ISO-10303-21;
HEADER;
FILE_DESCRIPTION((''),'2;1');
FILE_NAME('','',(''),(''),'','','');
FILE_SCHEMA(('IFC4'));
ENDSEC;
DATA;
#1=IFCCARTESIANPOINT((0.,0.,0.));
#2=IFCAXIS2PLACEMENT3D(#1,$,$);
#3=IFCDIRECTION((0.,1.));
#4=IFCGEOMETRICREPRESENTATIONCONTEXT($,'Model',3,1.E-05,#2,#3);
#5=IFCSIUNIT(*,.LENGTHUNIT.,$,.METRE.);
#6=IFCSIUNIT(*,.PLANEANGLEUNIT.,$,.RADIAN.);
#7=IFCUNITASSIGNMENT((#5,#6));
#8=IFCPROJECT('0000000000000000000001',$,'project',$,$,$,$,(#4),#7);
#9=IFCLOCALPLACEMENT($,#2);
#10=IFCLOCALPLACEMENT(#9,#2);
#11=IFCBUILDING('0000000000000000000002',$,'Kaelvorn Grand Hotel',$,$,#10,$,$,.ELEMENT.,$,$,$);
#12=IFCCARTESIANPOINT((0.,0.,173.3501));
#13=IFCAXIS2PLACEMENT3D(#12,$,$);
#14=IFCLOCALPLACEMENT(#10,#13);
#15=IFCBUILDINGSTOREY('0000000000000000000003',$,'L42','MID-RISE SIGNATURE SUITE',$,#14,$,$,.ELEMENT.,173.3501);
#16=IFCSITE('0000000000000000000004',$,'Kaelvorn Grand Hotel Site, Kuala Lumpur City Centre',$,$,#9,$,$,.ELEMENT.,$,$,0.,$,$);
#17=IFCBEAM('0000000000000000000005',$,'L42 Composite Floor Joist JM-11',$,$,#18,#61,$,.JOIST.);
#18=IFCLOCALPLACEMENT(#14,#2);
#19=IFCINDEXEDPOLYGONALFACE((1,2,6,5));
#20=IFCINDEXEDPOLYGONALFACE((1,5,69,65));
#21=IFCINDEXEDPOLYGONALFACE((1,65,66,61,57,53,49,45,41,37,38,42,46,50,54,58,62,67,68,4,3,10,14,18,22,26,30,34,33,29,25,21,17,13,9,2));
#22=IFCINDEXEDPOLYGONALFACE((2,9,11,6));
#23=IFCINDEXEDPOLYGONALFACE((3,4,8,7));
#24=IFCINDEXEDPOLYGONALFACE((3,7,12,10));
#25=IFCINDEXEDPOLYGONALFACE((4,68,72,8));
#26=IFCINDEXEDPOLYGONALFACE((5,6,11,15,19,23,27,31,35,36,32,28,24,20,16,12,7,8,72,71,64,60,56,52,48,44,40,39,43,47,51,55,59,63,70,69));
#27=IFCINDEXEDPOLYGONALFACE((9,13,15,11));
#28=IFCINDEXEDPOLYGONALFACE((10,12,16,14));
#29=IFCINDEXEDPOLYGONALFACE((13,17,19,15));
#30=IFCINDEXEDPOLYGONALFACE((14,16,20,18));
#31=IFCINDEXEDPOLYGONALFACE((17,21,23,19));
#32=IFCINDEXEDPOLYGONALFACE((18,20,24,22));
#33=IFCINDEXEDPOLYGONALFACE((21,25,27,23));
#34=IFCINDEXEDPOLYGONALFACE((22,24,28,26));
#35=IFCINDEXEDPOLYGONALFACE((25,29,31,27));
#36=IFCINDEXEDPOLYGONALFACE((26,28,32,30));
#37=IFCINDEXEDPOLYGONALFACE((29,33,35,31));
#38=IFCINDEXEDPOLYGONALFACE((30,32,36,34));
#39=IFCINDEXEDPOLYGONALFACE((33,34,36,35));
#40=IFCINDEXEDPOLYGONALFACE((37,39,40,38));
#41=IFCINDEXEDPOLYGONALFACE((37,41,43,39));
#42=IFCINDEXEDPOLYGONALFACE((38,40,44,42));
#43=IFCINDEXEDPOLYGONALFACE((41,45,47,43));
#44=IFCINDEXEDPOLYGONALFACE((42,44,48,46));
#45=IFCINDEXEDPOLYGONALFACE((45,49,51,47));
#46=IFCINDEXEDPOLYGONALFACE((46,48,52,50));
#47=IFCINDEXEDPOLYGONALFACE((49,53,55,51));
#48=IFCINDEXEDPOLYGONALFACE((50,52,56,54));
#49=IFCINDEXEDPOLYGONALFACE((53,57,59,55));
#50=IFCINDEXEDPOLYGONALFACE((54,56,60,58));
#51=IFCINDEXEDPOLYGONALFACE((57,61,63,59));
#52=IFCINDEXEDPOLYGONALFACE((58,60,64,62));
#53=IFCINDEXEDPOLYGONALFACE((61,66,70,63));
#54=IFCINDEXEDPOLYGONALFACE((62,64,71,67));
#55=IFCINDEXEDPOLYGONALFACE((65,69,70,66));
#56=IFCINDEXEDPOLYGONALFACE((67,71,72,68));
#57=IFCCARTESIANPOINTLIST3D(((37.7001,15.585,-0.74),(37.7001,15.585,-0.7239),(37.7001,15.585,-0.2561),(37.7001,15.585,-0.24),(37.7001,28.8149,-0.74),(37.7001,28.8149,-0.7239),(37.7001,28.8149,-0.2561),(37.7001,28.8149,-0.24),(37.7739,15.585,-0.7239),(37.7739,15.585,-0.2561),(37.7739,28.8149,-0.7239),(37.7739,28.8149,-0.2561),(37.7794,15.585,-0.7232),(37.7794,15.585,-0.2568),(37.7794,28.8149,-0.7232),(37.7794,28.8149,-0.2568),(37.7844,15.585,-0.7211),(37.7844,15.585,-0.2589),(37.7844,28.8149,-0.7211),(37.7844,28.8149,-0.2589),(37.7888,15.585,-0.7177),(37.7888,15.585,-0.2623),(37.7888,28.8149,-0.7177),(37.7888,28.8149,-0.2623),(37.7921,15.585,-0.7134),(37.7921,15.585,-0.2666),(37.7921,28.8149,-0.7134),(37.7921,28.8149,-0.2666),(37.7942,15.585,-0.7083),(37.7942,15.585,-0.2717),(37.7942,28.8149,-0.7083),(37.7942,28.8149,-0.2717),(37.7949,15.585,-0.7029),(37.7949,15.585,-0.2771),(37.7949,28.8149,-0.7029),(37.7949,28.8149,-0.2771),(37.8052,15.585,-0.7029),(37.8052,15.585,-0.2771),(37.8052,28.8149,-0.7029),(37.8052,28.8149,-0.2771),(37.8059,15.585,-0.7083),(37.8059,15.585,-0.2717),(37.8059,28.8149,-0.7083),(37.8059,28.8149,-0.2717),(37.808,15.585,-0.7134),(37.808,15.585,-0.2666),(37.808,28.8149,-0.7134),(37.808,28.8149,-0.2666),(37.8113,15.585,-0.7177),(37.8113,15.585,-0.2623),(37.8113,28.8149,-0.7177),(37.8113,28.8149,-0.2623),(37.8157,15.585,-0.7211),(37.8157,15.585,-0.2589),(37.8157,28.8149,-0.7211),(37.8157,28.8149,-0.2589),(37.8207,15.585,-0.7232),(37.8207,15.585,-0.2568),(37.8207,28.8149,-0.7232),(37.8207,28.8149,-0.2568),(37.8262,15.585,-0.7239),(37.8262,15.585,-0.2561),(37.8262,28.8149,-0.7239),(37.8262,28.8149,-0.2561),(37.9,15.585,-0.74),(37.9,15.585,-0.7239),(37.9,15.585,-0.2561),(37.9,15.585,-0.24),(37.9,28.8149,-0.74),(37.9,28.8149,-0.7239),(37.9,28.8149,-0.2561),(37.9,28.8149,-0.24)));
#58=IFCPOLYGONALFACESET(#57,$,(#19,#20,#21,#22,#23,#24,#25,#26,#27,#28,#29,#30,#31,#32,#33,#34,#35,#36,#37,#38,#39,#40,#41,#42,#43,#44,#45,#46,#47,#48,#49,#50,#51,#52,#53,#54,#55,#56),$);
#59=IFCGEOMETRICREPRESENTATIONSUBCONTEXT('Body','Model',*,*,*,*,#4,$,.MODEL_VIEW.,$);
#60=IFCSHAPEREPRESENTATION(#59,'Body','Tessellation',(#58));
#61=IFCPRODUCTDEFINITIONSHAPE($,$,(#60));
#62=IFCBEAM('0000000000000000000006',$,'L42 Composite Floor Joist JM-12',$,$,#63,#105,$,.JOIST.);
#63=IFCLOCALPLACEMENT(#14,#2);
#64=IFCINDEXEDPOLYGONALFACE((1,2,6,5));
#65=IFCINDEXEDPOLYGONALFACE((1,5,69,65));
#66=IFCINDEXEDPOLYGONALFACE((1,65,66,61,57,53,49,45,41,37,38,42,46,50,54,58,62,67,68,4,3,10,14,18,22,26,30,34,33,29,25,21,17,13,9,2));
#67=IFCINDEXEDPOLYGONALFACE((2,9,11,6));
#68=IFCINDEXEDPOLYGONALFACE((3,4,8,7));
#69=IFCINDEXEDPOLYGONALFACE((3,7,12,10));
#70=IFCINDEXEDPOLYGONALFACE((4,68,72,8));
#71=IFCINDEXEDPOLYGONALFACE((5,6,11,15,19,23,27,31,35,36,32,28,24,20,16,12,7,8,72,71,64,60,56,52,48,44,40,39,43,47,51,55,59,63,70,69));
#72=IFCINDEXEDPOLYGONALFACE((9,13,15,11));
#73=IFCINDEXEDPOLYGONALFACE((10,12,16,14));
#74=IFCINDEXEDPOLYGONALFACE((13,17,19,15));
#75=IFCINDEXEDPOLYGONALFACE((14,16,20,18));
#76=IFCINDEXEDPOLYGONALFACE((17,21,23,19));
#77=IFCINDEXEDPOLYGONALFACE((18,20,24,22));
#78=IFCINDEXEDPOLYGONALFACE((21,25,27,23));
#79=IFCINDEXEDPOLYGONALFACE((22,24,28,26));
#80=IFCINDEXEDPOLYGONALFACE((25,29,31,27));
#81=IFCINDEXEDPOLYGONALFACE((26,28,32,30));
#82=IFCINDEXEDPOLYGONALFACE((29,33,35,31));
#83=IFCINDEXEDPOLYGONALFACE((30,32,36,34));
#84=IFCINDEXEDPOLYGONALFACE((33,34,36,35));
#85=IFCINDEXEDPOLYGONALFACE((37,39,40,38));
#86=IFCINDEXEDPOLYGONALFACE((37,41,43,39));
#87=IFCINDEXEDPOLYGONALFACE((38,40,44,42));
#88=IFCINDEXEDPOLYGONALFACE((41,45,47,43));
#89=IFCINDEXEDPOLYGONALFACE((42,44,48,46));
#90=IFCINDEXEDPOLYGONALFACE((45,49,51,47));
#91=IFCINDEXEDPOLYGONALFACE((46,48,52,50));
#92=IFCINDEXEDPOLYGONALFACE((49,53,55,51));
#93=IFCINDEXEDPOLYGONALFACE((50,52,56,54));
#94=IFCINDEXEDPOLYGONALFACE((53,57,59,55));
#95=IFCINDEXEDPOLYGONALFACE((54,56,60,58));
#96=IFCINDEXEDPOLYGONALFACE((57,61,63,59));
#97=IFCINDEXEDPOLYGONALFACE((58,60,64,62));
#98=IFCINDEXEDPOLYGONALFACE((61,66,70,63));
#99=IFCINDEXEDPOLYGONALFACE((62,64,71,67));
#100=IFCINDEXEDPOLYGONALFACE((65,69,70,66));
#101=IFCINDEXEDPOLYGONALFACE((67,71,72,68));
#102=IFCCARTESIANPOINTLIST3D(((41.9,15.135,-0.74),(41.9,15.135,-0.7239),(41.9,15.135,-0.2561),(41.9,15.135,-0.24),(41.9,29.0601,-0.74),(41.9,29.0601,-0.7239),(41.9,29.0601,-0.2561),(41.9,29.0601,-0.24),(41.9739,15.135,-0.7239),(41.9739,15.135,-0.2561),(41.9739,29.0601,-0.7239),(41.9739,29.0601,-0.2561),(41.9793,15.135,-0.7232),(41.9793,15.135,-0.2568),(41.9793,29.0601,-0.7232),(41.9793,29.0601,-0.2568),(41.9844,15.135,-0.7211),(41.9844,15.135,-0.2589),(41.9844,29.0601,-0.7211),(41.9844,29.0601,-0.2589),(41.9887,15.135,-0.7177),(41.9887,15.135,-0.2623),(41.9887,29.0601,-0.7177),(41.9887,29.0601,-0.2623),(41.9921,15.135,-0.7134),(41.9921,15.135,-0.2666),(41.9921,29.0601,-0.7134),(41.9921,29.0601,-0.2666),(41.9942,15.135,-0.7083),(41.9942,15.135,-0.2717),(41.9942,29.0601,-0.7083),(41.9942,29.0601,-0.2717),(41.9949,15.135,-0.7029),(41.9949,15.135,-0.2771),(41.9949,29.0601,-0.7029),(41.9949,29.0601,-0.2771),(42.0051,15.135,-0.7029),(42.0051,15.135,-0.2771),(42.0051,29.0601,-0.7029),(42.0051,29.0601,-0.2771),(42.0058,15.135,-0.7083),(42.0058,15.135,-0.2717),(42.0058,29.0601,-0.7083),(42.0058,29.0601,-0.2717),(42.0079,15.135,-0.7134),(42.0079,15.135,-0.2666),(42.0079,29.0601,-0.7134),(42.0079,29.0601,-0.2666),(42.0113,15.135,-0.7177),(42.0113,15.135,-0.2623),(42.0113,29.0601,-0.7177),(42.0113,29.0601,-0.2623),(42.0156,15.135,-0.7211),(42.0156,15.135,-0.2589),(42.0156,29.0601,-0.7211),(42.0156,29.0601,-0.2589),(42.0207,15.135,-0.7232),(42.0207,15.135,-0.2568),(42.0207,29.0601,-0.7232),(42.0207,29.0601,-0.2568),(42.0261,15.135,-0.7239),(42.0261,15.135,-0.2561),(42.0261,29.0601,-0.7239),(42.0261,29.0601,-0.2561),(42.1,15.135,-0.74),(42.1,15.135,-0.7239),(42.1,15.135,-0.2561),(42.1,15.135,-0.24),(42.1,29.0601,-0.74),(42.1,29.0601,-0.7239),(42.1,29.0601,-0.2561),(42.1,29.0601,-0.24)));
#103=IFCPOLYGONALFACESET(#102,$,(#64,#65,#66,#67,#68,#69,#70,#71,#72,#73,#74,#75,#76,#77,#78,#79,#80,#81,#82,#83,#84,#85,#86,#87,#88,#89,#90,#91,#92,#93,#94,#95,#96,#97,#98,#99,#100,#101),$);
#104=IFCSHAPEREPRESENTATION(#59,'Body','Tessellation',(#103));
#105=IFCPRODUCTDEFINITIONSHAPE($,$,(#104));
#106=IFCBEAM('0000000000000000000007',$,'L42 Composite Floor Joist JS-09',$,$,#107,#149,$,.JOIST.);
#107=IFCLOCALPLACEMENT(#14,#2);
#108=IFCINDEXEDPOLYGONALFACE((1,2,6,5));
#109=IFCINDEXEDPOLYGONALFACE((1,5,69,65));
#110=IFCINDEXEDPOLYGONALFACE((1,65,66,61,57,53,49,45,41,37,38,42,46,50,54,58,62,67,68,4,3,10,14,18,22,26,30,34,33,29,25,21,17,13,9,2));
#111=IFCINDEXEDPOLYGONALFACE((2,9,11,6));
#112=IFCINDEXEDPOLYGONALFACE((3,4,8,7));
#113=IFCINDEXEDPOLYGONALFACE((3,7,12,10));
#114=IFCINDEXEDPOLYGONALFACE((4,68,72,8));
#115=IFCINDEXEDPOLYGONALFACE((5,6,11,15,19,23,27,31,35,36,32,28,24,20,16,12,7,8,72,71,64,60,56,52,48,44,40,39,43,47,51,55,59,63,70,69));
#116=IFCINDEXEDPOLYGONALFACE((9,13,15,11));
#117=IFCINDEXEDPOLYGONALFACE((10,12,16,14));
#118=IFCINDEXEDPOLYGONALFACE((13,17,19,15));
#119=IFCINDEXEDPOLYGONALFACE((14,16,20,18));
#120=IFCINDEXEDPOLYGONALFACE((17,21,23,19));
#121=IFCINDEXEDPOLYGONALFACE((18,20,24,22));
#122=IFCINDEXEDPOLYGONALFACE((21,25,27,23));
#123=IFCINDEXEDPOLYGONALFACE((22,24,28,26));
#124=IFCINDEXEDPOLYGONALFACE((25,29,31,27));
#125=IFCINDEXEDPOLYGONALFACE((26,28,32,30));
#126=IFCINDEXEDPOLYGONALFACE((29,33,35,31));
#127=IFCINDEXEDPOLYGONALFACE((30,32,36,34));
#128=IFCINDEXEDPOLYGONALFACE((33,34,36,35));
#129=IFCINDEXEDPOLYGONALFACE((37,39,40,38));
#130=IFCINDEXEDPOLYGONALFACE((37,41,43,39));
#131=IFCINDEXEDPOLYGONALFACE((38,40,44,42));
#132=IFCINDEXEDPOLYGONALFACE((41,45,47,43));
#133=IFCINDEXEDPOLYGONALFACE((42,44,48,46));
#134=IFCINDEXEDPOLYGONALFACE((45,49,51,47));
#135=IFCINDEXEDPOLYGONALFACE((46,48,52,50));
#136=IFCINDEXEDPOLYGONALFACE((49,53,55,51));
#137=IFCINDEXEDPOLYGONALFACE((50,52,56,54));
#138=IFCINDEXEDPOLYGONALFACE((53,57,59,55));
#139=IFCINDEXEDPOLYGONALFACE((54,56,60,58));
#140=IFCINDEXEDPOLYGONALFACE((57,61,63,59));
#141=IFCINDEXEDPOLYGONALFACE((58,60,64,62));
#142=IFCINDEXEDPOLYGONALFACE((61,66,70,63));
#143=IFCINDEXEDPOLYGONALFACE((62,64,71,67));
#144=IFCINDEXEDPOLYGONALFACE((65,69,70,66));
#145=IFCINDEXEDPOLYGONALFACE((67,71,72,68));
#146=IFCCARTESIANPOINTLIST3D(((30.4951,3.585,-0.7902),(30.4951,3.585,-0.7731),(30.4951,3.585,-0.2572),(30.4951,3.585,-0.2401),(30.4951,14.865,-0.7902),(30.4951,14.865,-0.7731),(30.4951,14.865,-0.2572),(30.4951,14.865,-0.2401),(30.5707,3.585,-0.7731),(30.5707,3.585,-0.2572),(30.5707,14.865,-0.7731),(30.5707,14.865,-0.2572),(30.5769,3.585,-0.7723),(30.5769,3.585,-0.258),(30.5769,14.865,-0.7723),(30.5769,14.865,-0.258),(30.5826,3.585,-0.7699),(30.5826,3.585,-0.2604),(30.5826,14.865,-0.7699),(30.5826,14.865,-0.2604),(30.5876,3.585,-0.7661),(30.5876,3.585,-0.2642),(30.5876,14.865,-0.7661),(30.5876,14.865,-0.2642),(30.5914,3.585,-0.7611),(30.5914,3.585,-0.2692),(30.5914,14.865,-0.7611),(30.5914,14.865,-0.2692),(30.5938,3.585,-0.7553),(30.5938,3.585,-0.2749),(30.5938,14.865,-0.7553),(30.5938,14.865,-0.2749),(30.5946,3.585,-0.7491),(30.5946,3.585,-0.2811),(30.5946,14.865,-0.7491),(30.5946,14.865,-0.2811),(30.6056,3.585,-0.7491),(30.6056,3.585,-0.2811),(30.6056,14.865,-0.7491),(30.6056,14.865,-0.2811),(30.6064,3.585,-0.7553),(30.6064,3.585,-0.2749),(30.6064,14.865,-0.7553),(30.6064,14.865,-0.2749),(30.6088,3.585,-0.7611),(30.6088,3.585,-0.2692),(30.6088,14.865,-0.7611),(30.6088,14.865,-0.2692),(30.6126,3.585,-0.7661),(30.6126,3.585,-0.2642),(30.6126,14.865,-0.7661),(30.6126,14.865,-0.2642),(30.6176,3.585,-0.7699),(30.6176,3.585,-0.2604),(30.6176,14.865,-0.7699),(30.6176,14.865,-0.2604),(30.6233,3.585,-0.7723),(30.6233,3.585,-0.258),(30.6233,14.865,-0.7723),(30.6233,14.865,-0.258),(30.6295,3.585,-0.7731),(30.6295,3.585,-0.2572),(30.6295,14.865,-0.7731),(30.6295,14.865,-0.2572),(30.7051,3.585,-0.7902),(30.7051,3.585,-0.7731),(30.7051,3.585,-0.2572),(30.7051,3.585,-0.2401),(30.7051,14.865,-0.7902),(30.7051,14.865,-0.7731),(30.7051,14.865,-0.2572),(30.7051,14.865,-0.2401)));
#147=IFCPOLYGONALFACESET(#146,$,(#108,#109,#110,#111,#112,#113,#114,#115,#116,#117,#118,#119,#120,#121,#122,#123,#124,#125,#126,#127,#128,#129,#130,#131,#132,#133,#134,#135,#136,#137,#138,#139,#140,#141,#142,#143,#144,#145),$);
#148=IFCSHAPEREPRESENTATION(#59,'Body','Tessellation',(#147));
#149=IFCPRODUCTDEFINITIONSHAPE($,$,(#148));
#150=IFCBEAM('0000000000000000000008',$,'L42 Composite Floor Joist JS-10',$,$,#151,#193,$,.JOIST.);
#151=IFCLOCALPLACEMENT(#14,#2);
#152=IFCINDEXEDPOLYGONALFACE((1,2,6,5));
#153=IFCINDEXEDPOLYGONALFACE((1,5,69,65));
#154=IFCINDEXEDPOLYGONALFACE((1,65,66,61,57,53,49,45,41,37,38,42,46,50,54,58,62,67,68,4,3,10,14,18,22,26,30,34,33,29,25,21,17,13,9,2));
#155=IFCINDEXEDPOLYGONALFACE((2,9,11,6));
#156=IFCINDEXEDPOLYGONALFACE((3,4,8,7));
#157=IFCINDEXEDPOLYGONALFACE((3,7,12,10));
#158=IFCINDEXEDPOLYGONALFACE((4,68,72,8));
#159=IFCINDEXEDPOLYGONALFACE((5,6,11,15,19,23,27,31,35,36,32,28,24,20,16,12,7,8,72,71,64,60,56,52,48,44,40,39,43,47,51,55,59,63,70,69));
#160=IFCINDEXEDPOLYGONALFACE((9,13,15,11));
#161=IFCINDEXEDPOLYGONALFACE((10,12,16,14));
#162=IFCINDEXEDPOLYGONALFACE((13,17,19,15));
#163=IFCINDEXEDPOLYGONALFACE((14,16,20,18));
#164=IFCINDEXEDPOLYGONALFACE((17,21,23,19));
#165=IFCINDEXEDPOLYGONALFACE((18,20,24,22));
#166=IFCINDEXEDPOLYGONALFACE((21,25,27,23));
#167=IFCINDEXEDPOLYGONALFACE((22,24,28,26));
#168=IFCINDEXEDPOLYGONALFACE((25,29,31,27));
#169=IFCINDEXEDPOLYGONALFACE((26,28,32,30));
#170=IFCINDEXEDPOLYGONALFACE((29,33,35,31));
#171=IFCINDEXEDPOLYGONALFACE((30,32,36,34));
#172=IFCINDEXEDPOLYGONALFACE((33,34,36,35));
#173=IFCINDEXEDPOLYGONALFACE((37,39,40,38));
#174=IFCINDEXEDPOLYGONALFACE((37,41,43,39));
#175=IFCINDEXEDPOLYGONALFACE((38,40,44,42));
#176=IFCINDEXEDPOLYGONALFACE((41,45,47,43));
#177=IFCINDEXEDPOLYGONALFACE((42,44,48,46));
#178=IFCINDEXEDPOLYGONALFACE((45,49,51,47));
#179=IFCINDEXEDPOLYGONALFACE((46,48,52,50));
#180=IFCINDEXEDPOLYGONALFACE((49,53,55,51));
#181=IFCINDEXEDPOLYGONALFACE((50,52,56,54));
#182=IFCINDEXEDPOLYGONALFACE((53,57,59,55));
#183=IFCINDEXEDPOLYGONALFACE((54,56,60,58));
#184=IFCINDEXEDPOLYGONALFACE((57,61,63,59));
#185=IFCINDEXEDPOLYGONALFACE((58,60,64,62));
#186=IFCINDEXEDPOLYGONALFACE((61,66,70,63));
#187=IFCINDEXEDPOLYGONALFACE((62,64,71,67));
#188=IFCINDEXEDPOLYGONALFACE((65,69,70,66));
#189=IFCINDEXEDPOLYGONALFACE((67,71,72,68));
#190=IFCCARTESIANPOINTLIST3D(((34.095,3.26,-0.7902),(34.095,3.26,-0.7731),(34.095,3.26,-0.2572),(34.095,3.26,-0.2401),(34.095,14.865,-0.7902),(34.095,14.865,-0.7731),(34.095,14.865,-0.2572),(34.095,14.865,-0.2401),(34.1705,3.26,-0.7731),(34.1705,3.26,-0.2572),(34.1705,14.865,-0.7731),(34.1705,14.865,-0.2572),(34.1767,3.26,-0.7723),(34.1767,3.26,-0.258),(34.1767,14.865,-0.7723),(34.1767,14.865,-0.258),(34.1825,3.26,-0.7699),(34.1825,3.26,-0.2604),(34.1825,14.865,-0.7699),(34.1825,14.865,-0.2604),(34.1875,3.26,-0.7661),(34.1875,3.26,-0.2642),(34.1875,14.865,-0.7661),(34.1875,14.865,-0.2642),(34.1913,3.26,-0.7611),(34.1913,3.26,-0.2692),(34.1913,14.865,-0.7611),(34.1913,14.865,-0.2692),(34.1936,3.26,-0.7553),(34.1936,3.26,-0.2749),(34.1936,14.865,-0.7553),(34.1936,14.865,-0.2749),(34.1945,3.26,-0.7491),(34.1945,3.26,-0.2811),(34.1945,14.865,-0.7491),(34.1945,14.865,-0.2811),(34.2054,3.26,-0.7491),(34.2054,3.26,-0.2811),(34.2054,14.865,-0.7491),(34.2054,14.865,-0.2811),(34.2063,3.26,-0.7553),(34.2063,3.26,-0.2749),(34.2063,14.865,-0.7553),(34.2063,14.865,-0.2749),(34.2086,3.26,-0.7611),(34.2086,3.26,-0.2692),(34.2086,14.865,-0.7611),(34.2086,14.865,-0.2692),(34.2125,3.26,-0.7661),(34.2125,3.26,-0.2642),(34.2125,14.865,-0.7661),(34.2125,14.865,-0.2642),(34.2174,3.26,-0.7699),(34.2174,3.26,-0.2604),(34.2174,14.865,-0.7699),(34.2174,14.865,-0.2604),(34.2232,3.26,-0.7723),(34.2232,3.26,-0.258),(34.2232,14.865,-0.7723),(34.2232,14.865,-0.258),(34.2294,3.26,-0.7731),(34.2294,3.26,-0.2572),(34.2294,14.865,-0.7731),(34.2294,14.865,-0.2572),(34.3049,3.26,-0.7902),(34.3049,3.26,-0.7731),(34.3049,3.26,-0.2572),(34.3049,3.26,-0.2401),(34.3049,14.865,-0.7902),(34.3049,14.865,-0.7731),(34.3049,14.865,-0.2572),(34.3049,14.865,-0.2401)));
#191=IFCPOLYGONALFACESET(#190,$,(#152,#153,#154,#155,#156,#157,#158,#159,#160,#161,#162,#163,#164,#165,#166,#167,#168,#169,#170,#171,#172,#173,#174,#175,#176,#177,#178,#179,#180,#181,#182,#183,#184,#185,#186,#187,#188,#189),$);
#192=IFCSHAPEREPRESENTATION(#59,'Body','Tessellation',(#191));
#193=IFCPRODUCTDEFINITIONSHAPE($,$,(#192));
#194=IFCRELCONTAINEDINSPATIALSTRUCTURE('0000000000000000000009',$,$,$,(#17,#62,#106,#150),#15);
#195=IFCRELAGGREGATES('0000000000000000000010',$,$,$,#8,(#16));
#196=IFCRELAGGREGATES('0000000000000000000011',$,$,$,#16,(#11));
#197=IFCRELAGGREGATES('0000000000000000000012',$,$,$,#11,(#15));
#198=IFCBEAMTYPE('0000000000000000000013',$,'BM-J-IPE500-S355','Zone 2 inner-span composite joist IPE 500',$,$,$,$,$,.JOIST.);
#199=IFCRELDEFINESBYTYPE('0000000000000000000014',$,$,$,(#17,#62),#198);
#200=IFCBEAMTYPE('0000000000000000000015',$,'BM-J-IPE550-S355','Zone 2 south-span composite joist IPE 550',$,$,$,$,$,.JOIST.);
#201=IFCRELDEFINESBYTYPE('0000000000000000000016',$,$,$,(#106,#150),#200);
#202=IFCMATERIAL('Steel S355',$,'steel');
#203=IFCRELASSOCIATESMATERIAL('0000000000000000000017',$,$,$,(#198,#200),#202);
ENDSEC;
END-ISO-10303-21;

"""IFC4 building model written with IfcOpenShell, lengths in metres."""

from ifc_helpers import new_model, si_unit, direction, frame, origin, origin_2d, place, context, subcontext, project, spatial, i_section, extrude, material, material_profile, profile_set, type_object, element, save


model = new_model("IFC4")

# Units and contexts
model_context = context("Model", 3, precision=1e-05, world=origin(), true_north=direction((0.0, 1.0)))
body_context = subcontext(model_context, "Body", "Model", "MODEL_VIEW")
ifc_project = project(units=[si_unit("LENGTHUNIT", "METRE"), si_unit("PLANEANGLEUNIT", "RADIAN")], contexts=[model_context])

# Site, building, storey
site_placement = place(None, origin())
site = spatial("IfcSite", under=ifc_project, at=site_placement, Name="Kaelvorn Grand Hotel Site, Kuala Lumpur City Centre", CompositionType="ELEMENT", RefElevation=0.0)
building_placement = place(site_placement, origin())
building = spatial("IfcBuilding", under=site, at=building_placement, Name="Kaelvorn Grand Hotel", CompositionType="ELEMENT")
storey_placement = place(building_placement, frame((0.0, 0.0, 173.3501)))
storey = spatial("IfcBuildingStorey", under=building, at=storey_placement, Name="L42", Description="MID-RISE SIGNATURE SUITE", CompositionType="ELEMENT", Elevation=173.3501)

# Beams
ifc_material_1 = material(Name="Steel S355", Category="steel")
ifc_material_profile_1 = material_profile(ifc_material_1, i_section(OverallWidth=0.2, OverallDepth=0.5, WebThickness=0.0103, FlangeThickness=0.0161, FilletRadius=0.021, at=origin_2d()), Name="IPE 500")
ifc_profile_set_1 = profile_set([ifc_material_profile_1], Name="Steel S355")
beam_type_1 = type_object("IfcBeamType", Name="BM-J-IPE500-S355", Description="Zone 2 inner-span composite joist IPE 500", PredefinedType="JOIST", material=ifc_profile_set_1)
beam_1_placement = place(storey_placement, frame((37.8, 15.585, -0.49), z_axis=(0.0, 1.0, 0.0), x_axis=(-1.0, 0.0, 0.0)))
element("IfcBeam", 1, at=beam_1_placement, inside=storey, type_object=beam_type_1, Name="L42 Composite Floor Joist JM-11", PredefinedType="JOIST", context=body_context, shape_type="SweptSolid", body=[
    extrude(i_section(OverallWidth=0.2, OverallDepth=0.5, WebThickness=0.0103, FlangeThickness=0.0161, FilletRadius=0.021, at=origin_2d()), origin(), (0.0, 0.0, 1.0), 13.23),
])
beam_2_placement = place(storey_placement, frame((42.0, 15.135, -0.49), z_axis=(0.0, 1.0, 0.0), x_axis=(-1.0, 0.0, 0.0)))
element("IfcBeam", 2, at=beam_2_placement, inside=storey, type_object=beam_type_1, Name="L42 Composite Floor Joist JM-12", PredefinedType="JOIST", context=body_context, shape_type="SweptSolid", body=[
    extrude(i_section(OverallWidth=0.2, OverallDepth=0.5, WebThickness=0.0103, FlangeThickness=0.0161, FilletRadius=0.021, at=origin_2d()), origin(), (0.0, 0.0, 1.0), 13.925),
])
ifc_material_profile_2 = material_profile(ifc_material_1, i_section(OverallWidth=0.21, OverallDepth=0.55, WebThickness=0.011, FlangeThickness=0.0171, FilletRadius=0.0239, at=origin_2d()), Name="IPE 550")
ifc_profile_set_2 = profile_set([ifc_material_profile_2], Name="Steel S355")
beam_type_2 = type_object("IfcBeamType", Name="BM-J-IPE550-S355", Description="Zone 2 south-span composite joist IPE 550", PredefinedType="JOIST", material=ifc_profile_set_2)
beam_3_placement = place(storey_placement, frame((30.6001, 3.585, -0.5151), z_axis=(0.0, 1.0, 0.0), x_axis=(-1.0, 0.0, 0.0)))
element("IfcBeam", 3, at=beam_3_placement, inside=storey, type_object=beam_type_2, Name="L42 Composite Floor Joist JS-09", PredefinedType="JOIST", context=body_context, shape_type="SweptSolid", body=[
    extrude(i_section(OverallWidth=0.21, OverallDepth=0.55, WebThickness=0.011, FlangeThickness=0.0171, FilletRadius=0.0239, at=origin_2d()), origin(), (0.0, 0.0, 1.0), 11.28),
])
beam_4_placement = place(storey_placement, frame((34.2, 3.26, -0.5151), z_axis=(0.0, 1.0, 0.0), x_axis=(-1.0, 0.0, 0.0)))
element("IfcBeam", 4, at=beam_4_placement, inside=storey, type_object=beam_type_2, Name="L42 Composite Floor Joist JS-10", PredefinedType="JOIST", context=body_context, shape_type="SweptSolid", body=[
    extrude(i_section(OverallWidth=0.21, OverallDepth=0.55, WebThickness=0.011, FlangeThickness=0.0171, FilletRadius=0.0239, at=origin_2d()), origin(), (0.0, 0.0, 1.0), 11.605),
])

save(model, "model.ifc")
